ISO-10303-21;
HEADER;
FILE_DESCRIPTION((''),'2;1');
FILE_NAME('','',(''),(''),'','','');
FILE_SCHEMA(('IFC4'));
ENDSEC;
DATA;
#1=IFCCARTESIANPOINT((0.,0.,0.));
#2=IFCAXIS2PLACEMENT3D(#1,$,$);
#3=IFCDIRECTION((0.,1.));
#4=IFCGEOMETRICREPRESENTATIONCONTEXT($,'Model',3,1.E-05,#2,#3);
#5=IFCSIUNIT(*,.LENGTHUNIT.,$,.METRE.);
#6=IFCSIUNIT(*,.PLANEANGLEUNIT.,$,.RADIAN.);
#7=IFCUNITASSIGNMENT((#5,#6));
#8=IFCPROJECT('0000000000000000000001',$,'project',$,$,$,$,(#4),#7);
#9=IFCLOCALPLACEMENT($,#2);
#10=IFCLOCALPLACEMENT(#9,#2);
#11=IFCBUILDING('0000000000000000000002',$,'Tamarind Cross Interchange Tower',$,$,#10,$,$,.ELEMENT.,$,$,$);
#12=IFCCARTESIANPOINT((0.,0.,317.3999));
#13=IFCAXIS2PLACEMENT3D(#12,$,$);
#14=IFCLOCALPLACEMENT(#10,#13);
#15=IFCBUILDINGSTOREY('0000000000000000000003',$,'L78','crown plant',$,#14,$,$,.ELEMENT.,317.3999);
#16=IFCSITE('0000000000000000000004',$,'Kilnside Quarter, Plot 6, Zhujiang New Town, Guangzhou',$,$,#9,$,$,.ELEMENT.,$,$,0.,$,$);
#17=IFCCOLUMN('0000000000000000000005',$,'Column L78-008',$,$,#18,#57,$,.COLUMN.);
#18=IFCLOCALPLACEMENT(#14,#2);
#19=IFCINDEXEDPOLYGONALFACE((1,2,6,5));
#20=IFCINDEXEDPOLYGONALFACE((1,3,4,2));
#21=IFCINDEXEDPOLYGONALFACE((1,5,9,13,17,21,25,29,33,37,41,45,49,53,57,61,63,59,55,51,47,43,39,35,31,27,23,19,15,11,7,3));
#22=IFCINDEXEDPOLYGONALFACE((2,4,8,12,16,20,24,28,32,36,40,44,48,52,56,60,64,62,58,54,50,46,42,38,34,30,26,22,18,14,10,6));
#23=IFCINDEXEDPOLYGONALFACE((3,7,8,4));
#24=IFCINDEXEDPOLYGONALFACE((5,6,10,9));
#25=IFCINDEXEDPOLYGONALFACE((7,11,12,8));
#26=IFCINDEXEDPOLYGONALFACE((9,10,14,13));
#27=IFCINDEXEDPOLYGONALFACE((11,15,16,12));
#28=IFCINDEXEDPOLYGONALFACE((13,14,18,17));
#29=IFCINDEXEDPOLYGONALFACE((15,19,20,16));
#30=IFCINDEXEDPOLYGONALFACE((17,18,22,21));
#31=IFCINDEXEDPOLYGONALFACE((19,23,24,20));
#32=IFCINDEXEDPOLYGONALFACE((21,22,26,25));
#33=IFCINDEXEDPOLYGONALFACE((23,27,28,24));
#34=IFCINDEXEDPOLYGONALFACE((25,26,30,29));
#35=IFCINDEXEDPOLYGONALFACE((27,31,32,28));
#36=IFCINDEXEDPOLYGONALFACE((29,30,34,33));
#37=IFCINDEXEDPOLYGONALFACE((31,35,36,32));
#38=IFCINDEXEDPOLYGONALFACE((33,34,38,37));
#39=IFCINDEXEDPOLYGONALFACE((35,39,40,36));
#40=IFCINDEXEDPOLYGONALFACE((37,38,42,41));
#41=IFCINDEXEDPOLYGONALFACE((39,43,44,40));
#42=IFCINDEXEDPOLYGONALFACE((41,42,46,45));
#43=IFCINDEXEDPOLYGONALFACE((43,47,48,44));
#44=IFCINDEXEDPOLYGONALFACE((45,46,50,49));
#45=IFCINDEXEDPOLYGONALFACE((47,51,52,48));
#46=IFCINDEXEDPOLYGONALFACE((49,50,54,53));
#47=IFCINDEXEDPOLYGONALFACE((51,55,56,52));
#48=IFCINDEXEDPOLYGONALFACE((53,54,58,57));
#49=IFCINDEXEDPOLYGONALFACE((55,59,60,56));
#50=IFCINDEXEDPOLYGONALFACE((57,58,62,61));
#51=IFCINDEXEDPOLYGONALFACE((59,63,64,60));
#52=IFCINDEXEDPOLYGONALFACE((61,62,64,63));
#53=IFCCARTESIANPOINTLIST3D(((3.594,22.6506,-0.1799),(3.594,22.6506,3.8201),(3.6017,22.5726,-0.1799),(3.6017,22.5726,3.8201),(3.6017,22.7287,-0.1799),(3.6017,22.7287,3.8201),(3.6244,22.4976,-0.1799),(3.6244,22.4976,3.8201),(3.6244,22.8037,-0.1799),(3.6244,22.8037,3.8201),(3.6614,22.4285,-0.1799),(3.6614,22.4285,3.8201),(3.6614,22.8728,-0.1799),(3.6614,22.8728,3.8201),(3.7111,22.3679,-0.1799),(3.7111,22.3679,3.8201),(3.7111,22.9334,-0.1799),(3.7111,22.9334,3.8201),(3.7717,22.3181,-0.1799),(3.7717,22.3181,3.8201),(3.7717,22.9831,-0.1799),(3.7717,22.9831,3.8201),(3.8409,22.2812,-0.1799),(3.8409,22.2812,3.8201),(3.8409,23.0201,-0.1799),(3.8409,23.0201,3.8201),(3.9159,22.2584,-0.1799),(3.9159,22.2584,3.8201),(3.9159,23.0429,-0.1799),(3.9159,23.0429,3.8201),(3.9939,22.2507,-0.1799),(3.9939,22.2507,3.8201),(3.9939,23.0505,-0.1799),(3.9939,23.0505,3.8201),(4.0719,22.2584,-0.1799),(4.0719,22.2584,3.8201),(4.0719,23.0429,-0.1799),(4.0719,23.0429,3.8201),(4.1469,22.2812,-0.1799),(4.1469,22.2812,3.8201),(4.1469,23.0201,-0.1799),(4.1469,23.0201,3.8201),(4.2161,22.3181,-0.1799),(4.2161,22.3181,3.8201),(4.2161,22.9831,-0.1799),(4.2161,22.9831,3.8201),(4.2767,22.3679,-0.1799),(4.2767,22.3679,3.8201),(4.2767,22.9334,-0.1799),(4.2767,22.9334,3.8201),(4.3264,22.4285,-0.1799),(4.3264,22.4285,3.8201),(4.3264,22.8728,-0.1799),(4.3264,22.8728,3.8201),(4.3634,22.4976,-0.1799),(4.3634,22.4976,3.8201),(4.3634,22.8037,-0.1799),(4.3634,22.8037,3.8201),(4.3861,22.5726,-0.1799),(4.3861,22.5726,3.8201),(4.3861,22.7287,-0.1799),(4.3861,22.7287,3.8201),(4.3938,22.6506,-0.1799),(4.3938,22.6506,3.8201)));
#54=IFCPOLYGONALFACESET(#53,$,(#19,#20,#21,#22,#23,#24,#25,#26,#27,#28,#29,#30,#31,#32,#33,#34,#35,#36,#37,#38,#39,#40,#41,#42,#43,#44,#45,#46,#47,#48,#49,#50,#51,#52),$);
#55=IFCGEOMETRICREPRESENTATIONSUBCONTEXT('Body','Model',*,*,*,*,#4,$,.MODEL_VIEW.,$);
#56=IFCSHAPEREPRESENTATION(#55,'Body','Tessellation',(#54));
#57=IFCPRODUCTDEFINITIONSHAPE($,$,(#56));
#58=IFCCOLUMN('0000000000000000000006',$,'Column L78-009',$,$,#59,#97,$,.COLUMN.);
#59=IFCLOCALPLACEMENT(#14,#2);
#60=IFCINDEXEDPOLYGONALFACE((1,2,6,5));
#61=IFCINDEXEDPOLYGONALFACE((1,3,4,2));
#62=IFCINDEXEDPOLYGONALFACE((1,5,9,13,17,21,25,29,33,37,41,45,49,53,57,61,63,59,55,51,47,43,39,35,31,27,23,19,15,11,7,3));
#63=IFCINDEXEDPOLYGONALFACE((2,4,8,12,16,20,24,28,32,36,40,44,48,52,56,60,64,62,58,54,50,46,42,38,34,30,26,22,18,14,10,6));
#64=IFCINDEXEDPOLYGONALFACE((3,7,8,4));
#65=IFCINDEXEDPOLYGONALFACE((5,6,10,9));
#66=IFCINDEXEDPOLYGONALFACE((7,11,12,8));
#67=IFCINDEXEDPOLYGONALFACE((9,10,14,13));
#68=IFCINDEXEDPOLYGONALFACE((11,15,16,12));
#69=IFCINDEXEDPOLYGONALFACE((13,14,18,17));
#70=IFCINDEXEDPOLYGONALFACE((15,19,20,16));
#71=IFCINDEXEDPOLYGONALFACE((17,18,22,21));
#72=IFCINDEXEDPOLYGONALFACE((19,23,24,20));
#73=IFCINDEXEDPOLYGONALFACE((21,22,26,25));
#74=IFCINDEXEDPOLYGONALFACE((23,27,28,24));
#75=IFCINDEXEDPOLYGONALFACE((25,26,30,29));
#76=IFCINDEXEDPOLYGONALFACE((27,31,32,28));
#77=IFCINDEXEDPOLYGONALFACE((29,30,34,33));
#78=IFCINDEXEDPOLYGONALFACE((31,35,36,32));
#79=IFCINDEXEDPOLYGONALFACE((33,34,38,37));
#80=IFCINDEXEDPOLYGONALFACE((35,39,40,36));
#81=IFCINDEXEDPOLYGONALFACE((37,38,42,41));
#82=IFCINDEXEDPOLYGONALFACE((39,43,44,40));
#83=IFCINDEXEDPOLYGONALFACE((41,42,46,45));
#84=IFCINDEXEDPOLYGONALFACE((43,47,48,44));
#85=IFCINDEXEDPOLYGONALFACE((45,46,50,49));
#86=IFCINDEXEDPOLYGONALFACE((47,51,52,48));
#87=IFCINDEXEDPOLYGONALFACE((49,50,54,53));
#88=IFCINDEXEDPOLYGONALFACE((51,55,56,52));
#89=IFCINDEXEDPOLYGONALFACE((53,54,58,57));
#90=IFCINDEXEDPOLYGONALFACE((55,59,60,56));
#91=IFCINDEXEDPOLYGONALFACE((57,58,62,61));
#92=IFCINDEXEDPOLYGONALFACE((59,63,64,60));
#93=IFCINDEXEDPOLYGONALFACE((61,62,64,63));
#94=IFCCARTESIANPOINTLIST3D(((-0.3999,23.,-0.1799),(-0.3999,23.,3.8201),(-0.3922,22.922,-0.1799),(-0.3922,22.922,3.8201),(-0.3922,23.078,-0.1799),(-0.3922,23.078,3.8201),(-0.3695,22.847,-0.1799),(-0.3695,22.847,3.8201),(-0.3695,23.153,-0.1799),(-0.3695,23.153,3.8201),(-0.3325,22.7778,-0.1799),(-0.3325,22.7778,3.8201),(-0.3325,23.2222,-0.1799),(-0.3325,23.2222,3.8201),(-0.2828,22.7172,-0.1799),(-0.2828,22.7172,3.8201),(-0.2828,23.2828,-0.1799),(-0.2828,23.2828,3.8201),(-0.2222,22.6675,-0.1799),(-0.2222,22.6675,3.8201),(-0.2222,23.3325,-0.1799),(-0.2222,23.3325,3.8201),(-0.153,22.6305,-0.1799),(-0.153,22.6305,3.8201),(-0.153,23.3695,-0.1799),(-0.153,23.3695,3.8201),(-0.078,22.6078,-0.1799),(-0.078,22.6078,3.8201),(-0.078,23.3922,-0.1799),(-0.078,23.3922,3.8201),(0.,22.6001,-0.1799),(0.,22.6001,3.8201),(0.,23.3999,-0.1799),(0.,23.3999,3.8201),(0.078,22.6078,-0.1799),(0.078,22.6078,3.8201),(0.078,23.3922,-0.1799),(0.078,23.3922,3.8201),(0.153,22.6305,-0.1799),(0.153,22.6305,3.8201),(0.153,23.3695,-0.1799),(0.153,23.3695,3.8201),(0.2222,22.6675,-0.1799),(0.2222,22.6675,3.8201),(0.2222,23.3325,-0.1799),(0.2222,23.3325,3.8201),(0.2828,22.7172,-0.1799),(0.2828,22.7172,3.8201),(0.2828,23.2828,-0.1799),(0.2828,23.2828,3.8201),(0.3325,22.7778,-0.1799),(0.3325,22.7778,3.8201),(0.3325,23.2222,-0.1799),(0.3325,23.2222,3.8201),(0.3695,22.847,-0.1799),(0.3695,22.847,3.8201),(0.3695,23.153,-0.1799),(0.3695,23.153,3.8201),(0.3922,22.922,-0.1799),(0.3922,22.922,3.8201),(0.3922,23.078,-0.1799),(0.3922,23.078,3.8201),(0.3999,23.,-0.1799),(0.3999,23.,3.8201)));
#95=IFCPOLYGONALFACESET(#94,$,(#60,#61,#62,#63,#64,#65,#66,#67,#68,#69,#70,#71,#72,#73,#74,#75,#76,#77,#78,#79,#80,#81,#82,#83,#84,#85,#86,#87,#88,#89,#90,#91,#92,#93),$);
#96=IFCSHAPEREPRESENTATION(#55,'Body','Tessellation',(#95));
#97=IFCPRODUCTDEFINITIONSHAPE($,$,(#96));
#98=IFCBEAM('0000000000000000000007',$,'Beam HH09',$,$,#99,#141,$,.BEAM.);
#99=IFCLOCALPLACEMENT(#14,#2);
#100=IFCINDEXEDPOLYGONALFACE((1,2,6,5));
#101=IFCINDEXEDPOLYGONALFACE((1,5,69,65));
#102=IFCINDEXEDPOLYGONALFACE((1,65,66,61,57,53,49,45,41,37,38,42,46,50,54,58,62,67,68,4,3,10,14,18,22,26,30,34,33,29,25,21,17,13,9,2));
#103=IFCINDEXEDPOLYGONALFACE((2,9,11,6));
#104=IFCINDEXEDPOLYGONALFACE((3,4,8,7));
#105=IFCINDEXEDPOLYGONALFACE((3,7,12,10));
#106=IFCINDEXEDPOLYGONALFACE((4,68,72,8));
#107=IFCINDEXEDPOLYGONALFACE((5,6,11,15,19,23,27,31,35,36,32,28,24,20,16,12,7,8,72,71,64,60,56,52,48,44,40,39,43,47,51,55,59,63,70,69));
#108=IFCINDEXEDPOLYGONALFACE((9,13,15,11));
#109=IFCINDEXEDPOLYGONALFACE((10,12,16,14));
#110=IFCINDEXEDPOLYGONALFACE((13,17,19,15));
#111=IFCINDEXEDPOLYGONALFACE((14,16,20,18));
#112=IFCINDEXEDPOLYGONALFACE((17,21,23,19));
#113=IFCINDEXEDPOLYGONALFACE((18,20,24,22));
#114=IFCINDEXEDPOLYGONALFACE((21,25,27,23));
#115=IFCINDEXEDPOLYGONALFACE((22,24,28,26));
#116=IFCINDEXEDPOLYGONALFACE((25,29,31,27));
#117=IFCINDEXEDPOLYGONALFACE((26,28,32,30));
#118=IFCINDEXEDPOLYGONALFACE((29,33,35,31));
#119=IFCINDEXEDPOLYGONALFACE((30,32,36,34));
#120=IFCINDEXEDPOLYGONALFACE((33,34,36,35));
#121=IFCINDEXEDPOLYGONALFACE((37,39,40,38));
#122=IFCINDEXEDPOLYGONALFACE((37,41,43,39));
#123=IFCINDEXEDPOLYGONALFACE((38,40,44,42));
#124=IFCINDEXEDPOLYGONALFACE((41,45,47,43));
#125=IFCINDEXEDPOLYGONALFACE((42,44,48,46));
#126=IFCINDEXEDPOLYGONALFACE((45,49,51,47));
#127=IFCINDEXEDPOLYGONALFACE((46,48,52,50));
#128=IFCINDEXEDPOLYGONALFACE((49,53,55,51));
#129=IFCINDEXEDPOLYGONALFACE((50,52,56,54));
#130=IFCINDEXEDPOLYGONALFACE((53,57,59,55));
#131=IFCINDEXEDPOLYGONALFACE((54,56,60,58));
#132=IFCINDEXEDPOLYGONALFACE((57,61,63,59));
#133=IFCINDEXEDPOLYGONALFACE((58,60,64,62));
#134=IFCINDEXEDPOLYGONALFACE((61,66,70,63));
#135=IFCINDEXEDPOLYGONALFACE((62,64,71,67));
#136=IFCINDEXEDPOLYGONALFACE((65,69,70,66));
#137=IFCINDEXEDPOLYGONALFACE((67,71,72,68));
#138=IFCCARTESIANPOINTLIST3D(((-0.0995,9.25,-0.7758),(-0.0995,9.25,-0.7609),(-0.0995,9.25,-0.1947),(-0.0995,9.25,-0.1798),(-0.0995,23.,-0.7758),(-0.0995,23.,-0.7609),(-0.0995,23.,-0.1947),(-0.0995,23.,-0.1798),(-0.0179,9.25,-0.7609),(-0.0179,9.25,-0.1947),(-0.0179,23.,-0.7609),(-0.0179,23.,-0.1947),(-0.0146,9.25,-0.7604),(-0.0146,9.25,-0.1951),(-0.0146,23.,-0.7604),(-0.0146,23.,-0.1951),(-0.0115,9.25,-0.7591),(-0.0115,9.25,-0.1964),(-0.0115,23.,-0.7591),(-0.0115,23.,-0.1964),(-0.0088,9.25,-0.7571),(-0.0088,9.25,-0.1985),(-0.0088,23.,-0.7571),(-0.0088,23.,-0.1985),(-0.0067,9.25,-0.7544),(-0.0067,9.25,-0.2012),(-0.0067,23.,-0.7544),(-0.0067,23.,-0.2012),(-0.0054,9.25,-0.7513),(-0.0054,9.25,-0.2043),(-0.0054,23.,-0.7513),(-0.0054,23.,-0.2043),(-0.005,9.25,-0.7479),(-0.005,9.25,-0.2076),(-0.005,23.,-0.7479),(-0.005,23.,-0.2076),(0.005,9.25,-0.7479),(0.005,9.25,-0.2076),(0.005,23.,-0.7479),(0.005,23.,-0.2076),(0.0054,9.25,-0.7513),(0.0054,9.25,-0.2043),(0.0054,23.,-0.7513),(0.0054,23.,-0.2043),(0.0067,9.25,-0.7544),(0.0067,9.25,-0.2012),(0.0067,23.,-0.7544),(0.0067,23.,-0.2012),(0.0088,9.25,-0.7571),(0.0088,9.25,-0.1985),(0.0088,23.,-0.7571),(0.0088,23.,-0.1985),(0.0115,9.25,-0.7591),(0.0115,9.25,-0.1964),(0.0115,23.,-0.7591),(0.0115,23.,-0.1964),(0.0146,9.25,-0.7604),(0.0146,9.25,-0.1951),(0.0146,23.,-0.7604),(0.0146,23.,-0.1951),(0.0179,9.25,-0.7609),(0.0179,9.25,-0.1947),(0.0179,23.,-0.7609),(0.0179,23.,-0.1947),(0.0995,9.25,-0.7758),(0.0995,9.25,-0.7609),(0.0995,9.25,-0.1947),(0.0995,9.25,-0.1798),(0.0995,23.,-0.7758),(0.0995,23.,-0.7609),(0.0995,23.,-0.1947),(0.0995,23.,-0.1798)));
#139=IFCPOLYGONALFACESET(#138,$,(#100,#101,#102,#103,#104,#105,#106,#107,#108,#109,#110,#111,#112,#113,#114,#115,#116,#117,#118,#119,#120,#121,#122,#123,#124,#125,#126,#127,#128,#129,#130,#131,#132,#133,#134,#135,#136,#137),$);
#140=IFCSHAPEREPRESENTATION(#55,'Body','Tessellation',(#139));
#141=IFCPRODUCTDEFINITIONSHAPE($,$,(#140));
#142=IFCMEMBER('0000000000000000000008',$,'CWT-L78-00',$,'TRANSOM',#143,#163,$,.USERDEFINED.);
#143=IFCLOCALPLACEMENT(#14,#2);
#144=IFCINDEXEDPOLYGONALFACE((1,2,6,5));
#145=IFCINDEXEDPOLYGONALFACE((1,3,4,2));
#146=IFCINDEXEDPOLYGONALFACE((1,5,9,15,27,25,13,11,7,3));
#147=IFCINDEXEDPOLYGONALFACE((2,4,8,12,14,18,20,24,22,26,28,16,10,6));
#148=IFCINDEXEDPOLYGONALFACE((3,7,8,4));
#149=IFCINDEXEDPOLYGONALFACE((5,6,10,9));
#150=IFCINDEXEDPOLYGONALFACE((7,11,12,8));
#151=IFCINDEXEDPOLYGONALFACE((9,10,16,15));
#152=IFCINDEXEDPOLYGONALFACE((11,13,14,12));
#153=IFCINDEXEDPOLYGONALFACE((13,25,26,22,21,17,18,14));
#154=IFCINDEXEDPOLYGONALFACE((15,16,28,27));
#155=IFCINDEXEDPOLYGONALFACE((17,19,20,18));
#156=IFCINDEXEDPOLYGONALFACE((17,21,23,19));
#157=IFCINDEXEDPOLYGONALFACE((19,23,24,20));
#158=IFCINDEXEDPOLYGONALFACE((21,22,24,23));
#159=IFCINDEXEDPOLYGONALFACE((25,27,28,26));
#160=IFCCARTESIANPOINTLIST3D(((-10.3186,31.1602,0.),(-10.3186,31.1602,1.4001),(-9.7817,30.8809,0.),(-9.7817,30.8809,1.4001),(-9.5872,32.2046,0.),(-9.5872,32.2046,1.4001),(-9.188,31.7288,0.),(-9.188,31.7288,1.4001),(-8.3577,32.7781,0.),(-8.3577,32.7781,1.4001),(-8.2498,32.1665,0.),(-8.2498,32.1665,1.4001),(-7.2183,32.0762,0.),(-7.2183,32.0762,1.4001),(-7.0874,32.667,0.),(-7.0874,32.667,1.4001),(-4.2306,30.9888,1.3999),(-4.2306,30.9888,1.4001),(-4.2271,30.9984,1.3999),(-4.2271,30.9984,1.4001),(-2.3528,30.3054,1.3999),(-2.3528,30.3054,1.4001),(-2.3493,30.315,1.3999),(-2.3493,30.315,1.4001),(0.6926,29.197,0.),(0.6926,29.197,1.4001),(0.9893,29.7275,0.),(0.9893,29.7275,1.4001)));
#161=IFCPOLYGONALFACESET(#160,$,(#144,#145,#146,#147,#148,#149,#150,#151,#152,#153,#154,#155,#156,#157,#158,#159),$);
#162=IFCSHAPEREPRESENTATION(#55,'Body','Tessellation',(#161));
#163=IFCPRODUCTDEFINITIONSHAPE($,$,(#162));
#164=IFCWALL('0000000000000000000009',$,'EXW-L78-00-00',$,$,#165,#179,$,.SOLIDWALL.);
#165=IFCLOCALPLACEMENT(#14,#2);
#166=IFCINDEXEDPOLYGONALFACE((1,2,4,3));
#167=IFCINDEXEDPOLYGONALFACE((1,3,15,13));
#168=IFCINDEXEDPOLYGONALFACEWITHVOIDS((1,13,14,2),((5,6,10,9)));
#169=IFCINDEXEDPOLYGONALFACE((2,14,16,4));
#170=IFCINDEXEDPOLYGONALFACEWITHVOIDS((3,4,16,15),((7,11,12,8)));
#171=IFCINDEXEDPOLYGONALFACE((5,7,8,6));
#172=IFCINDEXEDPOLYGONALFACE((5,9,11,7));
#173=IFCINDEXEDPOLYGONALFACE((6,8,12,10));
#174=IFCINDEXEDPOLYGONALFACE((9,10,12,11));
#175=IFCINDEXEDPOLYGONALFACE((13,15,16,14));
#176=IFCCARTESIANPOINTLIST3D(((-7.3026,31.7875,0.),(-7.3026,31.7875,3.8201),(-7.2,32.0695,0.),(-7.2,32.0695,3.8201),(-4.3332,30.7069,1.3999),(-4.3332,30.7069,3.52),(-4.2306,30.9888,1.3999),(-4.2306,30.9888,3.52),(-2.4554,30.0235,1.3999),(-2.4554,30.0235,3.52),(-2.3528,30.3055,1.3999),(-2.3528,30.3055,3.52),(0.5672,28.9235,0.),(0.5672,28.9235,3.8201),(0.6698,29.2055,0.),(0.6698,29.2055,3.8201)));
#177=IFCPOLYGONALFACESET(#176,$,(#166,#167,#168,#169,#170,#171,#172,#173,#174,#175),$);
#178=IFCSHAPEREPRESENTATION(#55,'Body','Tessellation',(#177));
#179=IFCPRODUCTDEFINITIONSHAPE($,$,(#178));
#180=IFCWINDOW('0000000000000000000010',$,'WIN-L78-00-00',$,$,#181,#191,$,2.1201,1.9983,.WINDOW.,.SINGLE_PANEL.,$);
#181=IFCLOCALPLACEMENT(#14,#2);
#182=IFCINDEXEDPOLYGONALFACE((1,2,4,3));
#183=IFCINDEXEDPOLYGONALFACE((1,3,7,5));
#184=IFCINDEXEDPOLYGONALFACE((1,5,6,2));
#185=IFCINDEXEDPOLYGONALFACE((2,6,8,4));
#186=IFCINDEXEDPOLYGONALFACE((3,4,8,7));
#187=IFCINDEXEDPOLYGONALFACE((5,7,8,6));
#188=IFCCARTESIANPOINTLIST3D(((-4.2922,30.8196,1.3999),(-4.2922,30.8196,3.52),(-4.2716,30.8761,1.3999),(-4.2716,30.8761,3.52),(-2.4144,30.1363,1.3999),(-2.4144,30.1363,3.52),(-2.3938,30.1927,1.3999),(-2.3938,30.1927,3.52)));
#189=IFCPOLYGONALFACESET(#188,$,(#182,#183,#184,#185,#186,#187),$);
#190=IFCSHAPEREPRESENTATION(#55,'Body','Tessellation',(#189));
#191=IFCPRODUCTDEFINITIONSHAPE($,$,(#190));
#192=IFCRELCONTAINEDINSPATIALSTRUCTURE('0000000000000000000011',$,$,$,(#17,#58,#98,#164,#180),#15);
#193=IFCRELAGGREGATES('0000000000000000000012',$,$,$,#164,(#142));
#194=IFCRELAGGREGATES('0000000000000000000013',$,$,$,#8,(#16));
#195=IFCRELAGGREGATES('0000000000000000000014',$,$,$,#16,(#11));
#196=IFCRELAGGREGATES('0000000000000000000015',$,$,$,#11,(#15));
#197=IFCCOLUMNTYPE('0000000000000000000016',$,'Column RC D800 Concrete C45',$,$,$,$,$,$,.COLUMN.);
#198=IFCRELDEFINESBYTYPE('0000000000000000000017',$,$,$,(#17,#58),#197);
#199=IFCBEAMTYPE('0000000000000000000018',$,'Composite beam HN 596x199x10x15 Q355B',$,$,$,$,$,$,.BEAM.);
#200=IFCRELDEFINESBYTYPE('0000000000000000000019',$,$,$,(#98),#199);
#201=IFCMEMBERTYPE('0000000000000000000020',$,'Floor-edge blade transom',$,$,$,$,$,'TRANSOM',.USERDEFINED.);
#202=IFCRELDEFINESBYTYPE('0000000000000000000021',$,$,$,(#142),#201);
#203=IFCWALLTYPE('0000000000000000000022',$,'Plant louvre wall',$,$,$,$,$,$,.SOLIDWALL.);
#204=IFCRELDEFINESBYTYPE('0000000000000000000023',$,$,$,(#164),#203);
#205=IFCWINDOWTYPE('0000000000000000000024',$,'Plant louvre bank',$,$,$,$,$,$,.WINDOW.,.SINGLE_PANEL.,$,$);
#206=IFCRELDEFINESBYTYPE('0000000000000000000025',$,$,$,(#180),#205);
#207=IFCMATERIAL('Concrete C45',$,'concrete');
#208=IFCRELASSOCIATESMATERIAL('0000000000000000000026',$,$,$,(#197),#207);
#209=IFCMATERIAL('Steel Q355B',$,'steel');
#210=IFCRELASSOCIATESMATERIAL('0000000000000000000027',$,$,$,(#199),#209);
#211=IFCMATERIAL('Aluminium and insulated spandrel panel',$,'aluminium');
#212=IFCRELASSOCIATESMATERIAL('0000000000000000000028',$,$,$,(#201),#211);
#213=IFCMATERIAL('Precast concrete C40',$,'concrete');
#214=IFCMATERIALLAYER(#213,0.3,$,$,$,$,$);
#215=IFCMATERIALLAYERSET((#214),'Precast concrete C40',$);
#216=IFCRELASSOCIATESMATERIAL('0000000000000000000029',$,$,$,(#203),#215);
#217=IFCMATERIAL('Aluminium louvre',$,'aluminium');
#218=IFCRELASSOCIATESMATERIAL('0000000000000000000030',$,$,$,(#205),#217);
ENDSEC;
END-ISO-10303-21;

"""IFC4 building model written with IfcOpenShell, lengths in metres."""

from ifc_helpers import new_model, si_unit, direction, frame, frame_2d, origin, origin_2d, place, context, subcontext, project, spatial, polyline, rectangle, circle, i_section, outline, extrude, material, layer, layer_set, material_profile, profile_set, type_object, element, fill, aggregate, save


model = new_model("IFC4")

# Units and contexts
model_context = context("Model", 3, precision=1e-05, world=origin(), true_north=direction((0.0, 1.0)))
body_context = subcontext(model_context, "Body", "Model", "MODEL_VIEW")
ifc_project = project(units=[si_unit("LENGTHUNIT", "METRE"), si_unit("PLANEANGLEUNIT", "RADIAN")], contexts=[model_context])

# Site, building, storey
site_placement = place(None, origin())
site = spatial("IfcSite", under=ifc_project, at=site_placement, Name="Kilnside Quarter, Plot 6, Zhujiang New Town, Guangzhou", CompositionType="ELEMENT", RefElevation=0.0)
building_placement = place(site_placement, origin())
building = spatial("IfcBuilding", under=site, at=building_placement, Name="Tamarind Cross Interchange Tower", CompositionType="ELEMENT")
storey_placement = place(building_placement, frame((0.0, 0.0, 317.3999)))
storey = spatial("IfcBuildingStorey", under=building, at=storey_placement, Name="L78", Description="crown plant", CompositionType="ELEMENT", Elevation=317.3999)

# Columns
ifc_material_1 = material(Name="Concrete C45", Category="concrete")
ifc_material_profile_1 = material_profile(ifc_material_1, circle(Radius=0.3999, at=origin_2d()), Name="RC D800")
ifc_profile_set_1 = profile_set([ifc_material_profile_1], Name="Concrete C45")
column_type = type_object("IfcColumnType", Name="Column RC D800 Concrete C45", PredefinedType="COLUMN", material=ifc_profile_set_1)
for number, where, z_axis, x_axis, name in (
    (1, (3.9939, 22.6506, -0.1799), (0.0, 0.0, 1.0), (1.0, 0.0, 0.0), "Column L78-008"),
    (2, (0.0, 23.0, -0.1799), (0.0, 0.0, 1.0), (1.0, 0.0, 0.0), "Column L78-009"),
):
    element("IfcColumn", number, at=place(storey_placement, frame(where, z_axis=z_axis, x_axis=x_axis)), inside=storey, type_object=column_type, Name=name, PredefinedType="COLUMN", context=body_context, shape_type="SweptSolid", body=[
        extrude(circle(Radius=0.3999, at=origin_2d()), origin(), (0.0, 0.0, 1.0), 4.0),
    ])

# Beam
ifc_material_2 = material(Name="Steel Q355B", Category="steel")
ifc_material_profile_2 = material_profile(ifc_material_2, i_section(OverallWidth=0.199, OverallDepth=0.5959, WebThickness=0.01, FlangeThickness=0.0149, FilletRadius=0.0129, at=origin_2d()), Name="HN 596x199x10x15")
ifc_profile_set_2 = profile_set([ifc_material_profile_2], Name="Steel Q355B")
beam_type = type_object("IfcBeamType", Name="Composite beam HN 596x199x10x15 Q355B", PredefinedType="BEAM", material=ifc_profile_set_2)
beam_placement = place(storey_placement, frame((0.0, 23.0, -0.4778), z_axis=(0.0, -1.0, 0.0), x_axis=(1.0, 0.0, 0.0)))
element("IfcBeam", 3, at=beam_placement, inside=storey, type_object=beam_type, Name="Beam HH09", PredefinedType="BEAM", context=body_context, shape_type="SweptSolid", body=[
    extrude(i_section(OverallWidth=0.199, OverallDepth=0.5959, WebThickness=0.01, FlangeThickness=0.0149, FilletRadius=0.0129, at=origin_2d()), origin(), (0.0, 0.0, 1.0), 13.75),
])

# Member
ifc_material_3 = material(Name="Aluminium and insulated spandrel panel", Category="aluminium")
member_type = type_object("IfcMemberType", Name="Floor-edge blade transom", ElementType="TRANSOM", PredefinedType="USERDEFINED", material=ifc_material_3)
member_placement = place(storey_placement, origin())
member = element("IfcMember", 4, at=member_placement, type_object=member_type, Name="CWT-L78-00", ObjectType="TRANSOM", PredefinedType="USERDEFINED", context=body_context, shape_type="SweptSolid", body=[
    extrude(outline(polyline([(0.6926, 29.197), (-7.2183, 32.0762), (-8.2498, 32.1665), (-9.188, 31.7288), (-9.7817, 30.8809), (-10.3186, 31.1602), (-9.5872, 32.2046), (-8.3577, 32.7781), (-7.0874, 32.667), (0.9893, 29.7275), (0.6926, 29.197)])), origin(), (0.0, 0.0, 1.0), 1.4001),
])

# Wall, opening, window
ifc_material_4 = material(Name="Precast concrete C40", Category="concrete")
ifc_layer_1 = layer(ifc_material_4, 0.3)
ifc_layer_set_1 = layer_set([ifc_layer_1], Name="Precast concrete C40")
wall_type_1 = type_object("IfcWallType", Name="Plant louvre wall", PredefinedType="SOLIDWALL", material=ifc_layer_set_1)
wall_1_placement = place(storey_placement, frame((0.6187, 29.0645, 0.0), z_axis=(0.0, 0.0, 1.0), x_axis=(-0.939707, 0.341979, 0.0)))
wall_1 = element("IfcWall", 5, at=wall_1_placement, inside=storey, type_object=wall_type_1, Name="EXW-L78-00-00", PredefinedType="SOLIDWALL", context=body_context, shape_type="SweptSolid", body=[
    extrude(rectangle(XDim=8.3748, YDim=0.3, at=frame_2d((4.1875, 0.0))), origin(), (0.0, 0.0, 1.0), 3.8201),
])
opening_1_placement = place(wall_1_placement, frame((3.2168, 0.0, 1.3999)))
opening_1 = element("IfcOpeningElement", 6, at=opening_1_placement, cuts=wall_1, PredefinedType="OPENING", context=body_context, shape_type="SweptSolid", body=[
    extrude(rectangle(XDim=1.9983, YDim=2.1201, at=frame_2d((0.999, 1.0601))), frame((0.0, 0.1599, 0.0), z_axis=(0.0, -1.0, 0.0), x_axis=(1.0, 0.0, 0.0)), (0.0, 0.0, 1.0), 0.3201),
])
ifc_material_5 = material(Name="Aluminium louvre", Category="aluminium")
window_type = type_object("IfcWindowType", Name="Plant louvre bank", PartitioningType="SINGLE_PANEL", PredefinedType="WINDOW", material=ifc_material_5)
window_placement = place(opening_1_placement, origin())
window = element("IfcWindow", 7, at=window_placement, inside=storey, type_object=window_type, Name="WIN-L78-00-00", OverallHeight=2.1201, OverallWidth=1.9983, PartitioningType="SINGLE_PANEL", PredefinedType="WINDOW", context=body_context, shape_type="SweptSolid", body=[
    extrude(rectangle(XDim=1.9983, YDim=2.1201, at=frame_2d((0.999, 1.0601))), frame((0.0, 0.03, 0.0), z_axis=(0.0, -1.0, 0.0), x_axis=(1.0, 0.0, 0.0)), (0.0, 0.0, 1.0), 0.0601),
])
fill(opening_1, window)
aggregate(wall_1, [member])

save(model, "model.ifc")
